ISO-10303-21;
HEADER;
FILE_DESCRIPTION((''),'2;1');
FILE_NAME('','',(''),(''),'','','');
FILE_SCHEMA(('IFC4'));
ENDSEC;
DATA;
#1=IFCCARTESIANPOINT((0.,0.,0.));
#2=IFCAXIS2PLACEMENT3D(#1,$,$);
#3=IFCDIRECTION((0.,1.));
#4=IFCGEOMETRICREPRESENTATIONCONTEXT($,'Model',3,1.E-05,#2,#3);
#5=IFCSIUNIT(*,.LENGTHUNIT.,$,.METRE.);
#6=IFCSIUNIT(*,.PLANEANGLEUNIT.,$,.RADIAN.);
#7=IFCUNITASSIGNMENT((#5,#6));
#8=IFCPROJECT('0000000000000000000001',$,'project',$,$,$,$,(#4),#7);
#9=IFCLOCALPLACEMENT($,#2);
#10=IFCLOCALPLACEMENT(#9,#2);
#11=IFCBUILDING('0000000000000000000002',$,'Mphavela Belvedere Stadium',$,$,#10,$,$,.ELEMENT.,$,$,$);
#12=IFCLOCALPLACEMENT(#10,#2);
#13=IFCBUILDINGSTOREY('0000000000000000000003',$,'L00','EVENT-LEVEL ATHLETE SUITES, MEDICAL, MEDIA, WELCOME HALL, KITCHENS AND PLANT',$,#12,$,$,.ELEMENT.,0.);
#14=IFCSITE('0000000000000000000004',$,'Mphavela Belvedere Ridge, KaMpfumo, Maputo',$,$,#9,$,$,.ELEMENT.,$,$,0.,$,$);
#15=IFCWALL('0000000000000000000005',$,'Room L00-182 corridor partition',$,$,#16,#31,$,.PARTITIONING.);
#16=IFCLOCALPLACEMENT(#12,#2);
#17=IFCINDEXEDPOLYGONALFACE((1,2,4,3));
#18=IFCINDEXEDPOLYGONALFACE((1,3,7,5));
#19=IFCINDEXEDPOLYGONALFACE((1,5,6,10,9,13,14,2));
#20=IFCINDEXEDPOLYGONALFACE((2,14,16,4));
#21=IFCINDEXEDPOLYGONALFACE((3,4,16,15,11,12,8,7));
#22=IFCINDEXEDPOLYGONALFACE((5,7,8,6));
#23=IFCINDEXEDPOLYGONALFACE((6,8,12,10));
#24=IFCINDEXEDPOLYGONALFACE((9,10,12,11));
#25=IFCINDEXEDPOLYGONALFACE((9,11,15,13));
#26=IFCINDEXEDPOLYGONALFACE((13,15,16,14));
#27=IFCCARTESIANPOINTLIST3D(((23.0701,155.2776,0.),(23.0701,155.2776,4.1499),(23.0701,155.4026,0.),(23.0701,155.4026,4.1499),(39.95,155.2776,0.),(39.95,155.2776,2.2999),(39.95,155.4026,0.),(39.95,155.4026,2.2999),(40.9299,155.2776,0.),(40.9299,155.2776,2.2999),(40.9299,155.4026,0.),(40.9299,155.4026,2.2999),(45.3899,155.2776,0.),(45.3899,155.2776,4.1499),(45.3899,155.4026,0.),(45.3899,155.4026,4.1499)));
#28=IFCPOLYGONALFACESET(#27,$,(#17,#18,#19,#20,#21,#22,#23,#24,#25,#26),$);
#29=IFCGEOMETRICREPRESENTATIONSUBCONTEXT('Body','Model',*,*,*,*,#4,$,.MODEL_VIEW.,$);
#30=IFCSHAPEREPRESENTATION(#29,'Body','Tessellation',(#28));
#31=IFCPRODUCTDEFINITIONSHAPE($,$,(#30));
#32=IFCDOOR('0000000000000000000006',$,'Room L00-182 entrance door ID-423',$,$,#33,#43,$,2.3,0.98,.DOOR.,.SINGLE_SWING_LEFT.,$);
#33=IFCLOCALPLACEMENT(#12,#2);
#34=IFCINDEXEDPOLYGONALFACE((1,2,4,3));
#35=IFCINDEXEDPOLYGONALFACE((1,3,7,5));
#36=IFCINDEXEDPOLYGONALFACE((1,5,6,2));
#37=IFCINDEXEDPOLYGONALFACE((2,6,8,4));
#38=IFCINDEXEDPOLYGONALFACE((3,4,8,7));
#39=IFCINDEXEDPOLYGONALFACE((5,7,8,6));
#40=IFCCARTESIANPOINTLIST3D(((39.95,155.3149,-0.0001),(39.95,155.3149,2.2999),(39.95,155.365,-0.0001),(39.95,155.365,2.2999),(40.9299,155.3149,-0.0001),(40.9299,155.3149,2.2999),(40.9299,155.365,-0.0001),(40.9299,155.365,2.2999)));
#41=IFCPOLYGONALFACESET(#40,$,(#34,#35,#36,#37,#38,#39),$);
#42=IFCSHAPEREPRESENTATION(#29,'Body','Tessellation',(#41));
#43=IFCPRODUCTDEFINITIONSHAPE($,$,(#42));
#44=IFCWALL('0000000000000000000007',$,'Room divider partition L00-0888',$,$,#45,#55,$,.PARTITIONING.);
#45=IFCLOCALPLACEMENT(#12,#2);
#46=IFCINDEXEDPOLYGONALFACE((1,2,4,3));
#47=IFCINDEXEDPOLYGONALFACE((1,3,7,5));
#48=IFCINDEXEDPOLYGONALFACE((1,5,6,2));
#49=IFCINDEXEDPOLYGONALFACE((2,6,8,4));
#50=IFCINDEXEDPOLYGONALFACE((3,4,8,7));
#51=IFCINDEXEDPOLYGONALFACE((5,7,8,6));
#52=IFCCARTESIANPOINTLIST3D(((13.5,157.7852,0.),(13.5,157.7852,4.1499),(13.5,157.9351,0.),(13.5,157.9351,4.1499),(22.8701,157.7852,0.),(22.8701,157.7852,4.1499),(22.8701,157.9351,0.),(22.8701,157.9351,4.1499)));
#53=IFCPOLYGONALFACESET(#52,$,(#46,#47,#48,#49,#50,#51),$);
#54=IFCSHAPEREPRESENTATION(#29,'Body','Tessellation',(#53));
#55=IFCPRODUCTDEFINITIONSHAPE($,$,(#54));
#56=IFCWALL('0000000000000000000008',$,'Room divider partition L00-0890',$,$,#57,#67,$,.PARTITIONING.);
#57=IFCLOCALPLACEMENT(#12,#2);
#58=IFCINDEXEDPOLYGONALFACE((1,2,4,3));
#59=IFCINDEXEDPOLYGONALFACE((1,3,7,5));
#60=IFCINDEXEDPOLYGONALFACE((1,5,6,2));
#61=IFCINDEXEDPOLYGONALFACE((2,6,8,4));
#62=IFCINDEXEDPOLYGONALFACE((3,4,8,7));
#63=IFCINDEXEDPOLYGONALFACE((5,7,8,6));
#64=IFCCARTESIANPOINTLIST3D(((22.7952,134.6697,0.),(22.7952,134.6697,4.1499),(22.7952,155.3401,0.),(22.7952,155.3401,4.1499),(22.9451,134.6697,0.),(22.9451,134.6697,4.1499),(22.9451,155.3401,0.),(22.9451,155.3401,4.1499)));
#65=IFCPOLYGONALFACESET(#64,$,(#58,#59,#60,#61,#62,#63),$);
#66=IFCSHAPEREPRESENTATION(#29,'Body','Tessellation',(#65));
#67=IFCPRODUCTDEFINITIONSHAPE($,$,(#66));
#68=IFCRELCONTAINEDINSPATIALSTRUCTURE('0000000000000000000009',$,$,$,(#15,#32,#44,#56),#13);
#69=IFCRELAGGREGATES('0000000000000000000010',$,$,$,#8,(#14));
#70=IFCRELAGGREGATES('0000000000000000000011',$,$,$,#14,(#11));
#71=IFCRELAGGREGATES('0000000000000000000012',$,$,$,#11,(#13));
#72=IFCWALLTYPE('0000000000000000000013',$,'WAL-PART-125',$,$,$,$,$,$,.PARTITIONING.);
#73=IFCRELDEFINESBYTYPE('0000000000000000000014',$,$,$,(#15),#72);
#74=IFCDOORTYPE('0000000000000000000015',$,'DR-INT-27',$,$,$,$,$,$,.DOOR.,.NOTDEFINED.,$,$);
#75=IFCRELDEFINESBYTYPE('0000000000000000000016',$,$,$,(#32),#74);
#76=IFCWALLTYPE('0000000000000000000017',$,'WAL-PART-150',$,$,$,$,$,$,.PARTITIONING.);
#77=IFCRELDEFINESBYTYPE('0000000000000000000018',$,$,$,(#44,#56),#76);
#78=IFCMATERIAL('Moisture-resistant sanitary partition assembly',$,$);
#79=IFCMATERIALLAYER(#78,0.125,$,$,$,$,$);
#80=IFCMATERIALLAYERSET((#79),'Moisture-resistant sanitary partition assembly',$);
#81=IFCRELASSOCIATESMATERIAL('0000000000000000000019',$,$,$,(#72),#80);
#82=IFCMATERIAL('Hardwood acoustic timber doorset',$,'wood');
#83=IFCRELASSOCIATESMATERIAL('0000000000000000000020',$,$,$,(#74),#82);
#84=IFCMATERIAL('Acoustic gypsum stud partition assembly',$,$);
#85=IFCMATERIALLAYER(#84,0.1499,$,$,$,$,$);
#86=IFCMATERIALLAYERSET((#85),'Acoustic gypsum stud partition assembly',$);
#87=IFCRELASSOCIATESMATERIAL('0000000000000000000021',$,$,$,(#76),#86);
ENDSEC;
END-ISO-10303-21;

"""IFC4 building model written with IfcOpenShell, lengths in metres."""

from ifc_helpers import new_model, si_unit, direction, frame, frame_2d, origin, place, context, subcontext, project, spatial, rectangle, extrude, material, layer, layer_set, type_object, element, fill, save


model = new_model("IFC4")

# Units and contexts
model_context = context("Model", 3, precision=1e-05, world=origin(), true_north=direction((0.0, 1.0)))
body_context = subcontext(model_context, "Body", "Model", "MODEL_VIEW")
ifc_project = project(units=[si_unit("LENGTHUNIT", "METRE"), si_unit("PLANEANGLEUNIT", "RADIAN")], contexts=[model_context])

# Site, building, storey
site_placement = place(None, origin())
site = spatial("IfcSite", under=ifc_project, at=site_placement, Name="Mphavela Belvedere Ridge, KaMpfumo, Maputo", CompositionType="ELEMENT", RefElevation=0.0)
building_placement = place(site_placement, origin())
building = spatial("IfcBuilding", under=site, at=building_placement, Name="Mphavela Belvedere Stadium", CompositionType="ELEMENT")
storey_placement = place(building_placement, origin())
storey = spatial("IfcBuildingStorey", under=building, at=storey_placement, Name="L00", Description="EVENT-LEVEL ATHLETE SUITES, MEDICAL, MEDIA, WELCOME HALL, KITCHENS AND PLANT", CompositionType="ELEMENT", Elevation=0.0)

# Wall, opening, door
ifc_material_1 = material(Name="Moisture-resistant sanitary partition assembly")
ifc_layer_1 = layer(ifc_material_1, 0.125)
ifc_layer_set_1 = layer_set([ifc_layer_1], Name="Moisture-resistant sanitary partition assembly")
wall_type_1 = type_object("IfcWallType", Name="WAL-PART-125", PredefinedType="PARTITIONING", material=ifc_layer_set_1)
wall_1_placement = place(storey_placement, frame((23.0701, 155.3401, 0.0), z_axis=(0.0, 0.0, 1.0), x_axis=(1.0, 0.0, 0.0)))
wall_1 = element("IfcWall", 1, at=wall_1_placement, inside=storey, type_object=wall_type_1, Name="Room L00-182 corridor partition", PredefinedType="PARTITIONING", context=body_context, shape_type="SweptSolid", body=[
    extrude(rectangle(XDim=22.3198, YDim=0.125, at=frame_2d((11.1599, 0.0))), origin(), (0.0, 0.0, 1.0), 4.1499),
])
opening_placement = place(wall_1_placement, frame((16.8799, 0.0, 0.0)))
opening = element("IfcOpeningElement", 2, at=opening_placement, cuts=wall_1, PredefinedType="OPENING", context=body_context, shape_type="SweptSolid", body=[
    extrude(rectangle(XDim=0.98, YDim=2.3, at=frame_2d((0.49, 1.1499))), frame((0.0, 0.0725, 0.0), z_axis=(0.0, -1.0, 0.0), x_axis=(1.0, 0.0, 0.0)), (0.0, 0.0, 1.0), 0.145),
])
ifc_material_2 = material(Name="Hardwood acoustic timber doorset", Category="wood")
door_type = type_object("IfcDoorType", Name="DR-INT-27", OperationType="NOTDEFINED", PredefinedType="DOOR", material=ifc_material_2)
door_placement = place(opening_placement, origin())
door = element("IfcDoor", 3, at=door_placement, inside=storey, type_object=door_type, Name="Room L00-182 entrance door ID-423", OperationType="SINGLE_SWING_LEFT", OverallHeight=2.3, OverallWidth=0.98, PredefinedType="DOOR", context=body_context, shape_type="SweptSolid", body=[
    extrude(rectangle(XDim=0.98, YDim=2.3, at=frame_2d((0.49, 1.1499))), frame((0.0, 0.0249, 0.0), z_axis=(0.0, -1.0, 0.0), x_axis=(1.0, 0.0, 0.0)), (0.0, 0.0, 1.0), 0.05),
])
fill(opening, door)

# Walls
ifc_material_3 = material(Name="Acoustic gypsum stud partition assembly")
ifc_layer_2 = layer(ifc_material_3, 0.1499)
ifc_layer_set_2 = layer_set([ifc_layer_2], Name="Acoustic gypsum stud partition assembly")
wall_type_2 = type_object("IfcWallType", Name="WAL-PART-150", PredefinedType="PARTITIONING", material=ifc_layer_set_2)
wall_2_placement = place(storey_placement, frame((22.8701, 157.8601, 0.0), z_axis=(0.0, 0.0, 1.0), x_axis=(-1.0, 0.0, 0.0)))
element("IfcWall", 4, at=wall_2_placement, inside=storey, type_object=wall_type_2, Name="Room divider partition L00-0888", PredefinedType="PARTITIONING", context=body_context, shape_type="SweptSolid", body=[
    extrude(rectangle(XDim=9.3701, YDim=0.1499, at=frame_2d((4.6851, 0.0))), origin(), (0.0, 0.0, 1.0), 4.1499),
])
wall_3_placement = place(storey_placement, frame((22.8701, 155.3401, 0.0), z_axis=(0.0, 0.0, 1.0), x_axis=(0.0, -1.0, 0.0)))
element("IfcWall", 5, at=wall_3_placement, inside=storey, type_object=wall_type_2, Name="Room divider partition L00-0890", PredefinedType="PARTITIONING", context=body_context, shape_type="SweptSolid", body=[
    extrude(rectangle(XDim=20.6704, YDim=0.1499, at=frame_2d((10.3352, 0.0))), origin(), (0.0, 0.0, 1.0), 4.1499),
])

save(model, "model.ifc")
